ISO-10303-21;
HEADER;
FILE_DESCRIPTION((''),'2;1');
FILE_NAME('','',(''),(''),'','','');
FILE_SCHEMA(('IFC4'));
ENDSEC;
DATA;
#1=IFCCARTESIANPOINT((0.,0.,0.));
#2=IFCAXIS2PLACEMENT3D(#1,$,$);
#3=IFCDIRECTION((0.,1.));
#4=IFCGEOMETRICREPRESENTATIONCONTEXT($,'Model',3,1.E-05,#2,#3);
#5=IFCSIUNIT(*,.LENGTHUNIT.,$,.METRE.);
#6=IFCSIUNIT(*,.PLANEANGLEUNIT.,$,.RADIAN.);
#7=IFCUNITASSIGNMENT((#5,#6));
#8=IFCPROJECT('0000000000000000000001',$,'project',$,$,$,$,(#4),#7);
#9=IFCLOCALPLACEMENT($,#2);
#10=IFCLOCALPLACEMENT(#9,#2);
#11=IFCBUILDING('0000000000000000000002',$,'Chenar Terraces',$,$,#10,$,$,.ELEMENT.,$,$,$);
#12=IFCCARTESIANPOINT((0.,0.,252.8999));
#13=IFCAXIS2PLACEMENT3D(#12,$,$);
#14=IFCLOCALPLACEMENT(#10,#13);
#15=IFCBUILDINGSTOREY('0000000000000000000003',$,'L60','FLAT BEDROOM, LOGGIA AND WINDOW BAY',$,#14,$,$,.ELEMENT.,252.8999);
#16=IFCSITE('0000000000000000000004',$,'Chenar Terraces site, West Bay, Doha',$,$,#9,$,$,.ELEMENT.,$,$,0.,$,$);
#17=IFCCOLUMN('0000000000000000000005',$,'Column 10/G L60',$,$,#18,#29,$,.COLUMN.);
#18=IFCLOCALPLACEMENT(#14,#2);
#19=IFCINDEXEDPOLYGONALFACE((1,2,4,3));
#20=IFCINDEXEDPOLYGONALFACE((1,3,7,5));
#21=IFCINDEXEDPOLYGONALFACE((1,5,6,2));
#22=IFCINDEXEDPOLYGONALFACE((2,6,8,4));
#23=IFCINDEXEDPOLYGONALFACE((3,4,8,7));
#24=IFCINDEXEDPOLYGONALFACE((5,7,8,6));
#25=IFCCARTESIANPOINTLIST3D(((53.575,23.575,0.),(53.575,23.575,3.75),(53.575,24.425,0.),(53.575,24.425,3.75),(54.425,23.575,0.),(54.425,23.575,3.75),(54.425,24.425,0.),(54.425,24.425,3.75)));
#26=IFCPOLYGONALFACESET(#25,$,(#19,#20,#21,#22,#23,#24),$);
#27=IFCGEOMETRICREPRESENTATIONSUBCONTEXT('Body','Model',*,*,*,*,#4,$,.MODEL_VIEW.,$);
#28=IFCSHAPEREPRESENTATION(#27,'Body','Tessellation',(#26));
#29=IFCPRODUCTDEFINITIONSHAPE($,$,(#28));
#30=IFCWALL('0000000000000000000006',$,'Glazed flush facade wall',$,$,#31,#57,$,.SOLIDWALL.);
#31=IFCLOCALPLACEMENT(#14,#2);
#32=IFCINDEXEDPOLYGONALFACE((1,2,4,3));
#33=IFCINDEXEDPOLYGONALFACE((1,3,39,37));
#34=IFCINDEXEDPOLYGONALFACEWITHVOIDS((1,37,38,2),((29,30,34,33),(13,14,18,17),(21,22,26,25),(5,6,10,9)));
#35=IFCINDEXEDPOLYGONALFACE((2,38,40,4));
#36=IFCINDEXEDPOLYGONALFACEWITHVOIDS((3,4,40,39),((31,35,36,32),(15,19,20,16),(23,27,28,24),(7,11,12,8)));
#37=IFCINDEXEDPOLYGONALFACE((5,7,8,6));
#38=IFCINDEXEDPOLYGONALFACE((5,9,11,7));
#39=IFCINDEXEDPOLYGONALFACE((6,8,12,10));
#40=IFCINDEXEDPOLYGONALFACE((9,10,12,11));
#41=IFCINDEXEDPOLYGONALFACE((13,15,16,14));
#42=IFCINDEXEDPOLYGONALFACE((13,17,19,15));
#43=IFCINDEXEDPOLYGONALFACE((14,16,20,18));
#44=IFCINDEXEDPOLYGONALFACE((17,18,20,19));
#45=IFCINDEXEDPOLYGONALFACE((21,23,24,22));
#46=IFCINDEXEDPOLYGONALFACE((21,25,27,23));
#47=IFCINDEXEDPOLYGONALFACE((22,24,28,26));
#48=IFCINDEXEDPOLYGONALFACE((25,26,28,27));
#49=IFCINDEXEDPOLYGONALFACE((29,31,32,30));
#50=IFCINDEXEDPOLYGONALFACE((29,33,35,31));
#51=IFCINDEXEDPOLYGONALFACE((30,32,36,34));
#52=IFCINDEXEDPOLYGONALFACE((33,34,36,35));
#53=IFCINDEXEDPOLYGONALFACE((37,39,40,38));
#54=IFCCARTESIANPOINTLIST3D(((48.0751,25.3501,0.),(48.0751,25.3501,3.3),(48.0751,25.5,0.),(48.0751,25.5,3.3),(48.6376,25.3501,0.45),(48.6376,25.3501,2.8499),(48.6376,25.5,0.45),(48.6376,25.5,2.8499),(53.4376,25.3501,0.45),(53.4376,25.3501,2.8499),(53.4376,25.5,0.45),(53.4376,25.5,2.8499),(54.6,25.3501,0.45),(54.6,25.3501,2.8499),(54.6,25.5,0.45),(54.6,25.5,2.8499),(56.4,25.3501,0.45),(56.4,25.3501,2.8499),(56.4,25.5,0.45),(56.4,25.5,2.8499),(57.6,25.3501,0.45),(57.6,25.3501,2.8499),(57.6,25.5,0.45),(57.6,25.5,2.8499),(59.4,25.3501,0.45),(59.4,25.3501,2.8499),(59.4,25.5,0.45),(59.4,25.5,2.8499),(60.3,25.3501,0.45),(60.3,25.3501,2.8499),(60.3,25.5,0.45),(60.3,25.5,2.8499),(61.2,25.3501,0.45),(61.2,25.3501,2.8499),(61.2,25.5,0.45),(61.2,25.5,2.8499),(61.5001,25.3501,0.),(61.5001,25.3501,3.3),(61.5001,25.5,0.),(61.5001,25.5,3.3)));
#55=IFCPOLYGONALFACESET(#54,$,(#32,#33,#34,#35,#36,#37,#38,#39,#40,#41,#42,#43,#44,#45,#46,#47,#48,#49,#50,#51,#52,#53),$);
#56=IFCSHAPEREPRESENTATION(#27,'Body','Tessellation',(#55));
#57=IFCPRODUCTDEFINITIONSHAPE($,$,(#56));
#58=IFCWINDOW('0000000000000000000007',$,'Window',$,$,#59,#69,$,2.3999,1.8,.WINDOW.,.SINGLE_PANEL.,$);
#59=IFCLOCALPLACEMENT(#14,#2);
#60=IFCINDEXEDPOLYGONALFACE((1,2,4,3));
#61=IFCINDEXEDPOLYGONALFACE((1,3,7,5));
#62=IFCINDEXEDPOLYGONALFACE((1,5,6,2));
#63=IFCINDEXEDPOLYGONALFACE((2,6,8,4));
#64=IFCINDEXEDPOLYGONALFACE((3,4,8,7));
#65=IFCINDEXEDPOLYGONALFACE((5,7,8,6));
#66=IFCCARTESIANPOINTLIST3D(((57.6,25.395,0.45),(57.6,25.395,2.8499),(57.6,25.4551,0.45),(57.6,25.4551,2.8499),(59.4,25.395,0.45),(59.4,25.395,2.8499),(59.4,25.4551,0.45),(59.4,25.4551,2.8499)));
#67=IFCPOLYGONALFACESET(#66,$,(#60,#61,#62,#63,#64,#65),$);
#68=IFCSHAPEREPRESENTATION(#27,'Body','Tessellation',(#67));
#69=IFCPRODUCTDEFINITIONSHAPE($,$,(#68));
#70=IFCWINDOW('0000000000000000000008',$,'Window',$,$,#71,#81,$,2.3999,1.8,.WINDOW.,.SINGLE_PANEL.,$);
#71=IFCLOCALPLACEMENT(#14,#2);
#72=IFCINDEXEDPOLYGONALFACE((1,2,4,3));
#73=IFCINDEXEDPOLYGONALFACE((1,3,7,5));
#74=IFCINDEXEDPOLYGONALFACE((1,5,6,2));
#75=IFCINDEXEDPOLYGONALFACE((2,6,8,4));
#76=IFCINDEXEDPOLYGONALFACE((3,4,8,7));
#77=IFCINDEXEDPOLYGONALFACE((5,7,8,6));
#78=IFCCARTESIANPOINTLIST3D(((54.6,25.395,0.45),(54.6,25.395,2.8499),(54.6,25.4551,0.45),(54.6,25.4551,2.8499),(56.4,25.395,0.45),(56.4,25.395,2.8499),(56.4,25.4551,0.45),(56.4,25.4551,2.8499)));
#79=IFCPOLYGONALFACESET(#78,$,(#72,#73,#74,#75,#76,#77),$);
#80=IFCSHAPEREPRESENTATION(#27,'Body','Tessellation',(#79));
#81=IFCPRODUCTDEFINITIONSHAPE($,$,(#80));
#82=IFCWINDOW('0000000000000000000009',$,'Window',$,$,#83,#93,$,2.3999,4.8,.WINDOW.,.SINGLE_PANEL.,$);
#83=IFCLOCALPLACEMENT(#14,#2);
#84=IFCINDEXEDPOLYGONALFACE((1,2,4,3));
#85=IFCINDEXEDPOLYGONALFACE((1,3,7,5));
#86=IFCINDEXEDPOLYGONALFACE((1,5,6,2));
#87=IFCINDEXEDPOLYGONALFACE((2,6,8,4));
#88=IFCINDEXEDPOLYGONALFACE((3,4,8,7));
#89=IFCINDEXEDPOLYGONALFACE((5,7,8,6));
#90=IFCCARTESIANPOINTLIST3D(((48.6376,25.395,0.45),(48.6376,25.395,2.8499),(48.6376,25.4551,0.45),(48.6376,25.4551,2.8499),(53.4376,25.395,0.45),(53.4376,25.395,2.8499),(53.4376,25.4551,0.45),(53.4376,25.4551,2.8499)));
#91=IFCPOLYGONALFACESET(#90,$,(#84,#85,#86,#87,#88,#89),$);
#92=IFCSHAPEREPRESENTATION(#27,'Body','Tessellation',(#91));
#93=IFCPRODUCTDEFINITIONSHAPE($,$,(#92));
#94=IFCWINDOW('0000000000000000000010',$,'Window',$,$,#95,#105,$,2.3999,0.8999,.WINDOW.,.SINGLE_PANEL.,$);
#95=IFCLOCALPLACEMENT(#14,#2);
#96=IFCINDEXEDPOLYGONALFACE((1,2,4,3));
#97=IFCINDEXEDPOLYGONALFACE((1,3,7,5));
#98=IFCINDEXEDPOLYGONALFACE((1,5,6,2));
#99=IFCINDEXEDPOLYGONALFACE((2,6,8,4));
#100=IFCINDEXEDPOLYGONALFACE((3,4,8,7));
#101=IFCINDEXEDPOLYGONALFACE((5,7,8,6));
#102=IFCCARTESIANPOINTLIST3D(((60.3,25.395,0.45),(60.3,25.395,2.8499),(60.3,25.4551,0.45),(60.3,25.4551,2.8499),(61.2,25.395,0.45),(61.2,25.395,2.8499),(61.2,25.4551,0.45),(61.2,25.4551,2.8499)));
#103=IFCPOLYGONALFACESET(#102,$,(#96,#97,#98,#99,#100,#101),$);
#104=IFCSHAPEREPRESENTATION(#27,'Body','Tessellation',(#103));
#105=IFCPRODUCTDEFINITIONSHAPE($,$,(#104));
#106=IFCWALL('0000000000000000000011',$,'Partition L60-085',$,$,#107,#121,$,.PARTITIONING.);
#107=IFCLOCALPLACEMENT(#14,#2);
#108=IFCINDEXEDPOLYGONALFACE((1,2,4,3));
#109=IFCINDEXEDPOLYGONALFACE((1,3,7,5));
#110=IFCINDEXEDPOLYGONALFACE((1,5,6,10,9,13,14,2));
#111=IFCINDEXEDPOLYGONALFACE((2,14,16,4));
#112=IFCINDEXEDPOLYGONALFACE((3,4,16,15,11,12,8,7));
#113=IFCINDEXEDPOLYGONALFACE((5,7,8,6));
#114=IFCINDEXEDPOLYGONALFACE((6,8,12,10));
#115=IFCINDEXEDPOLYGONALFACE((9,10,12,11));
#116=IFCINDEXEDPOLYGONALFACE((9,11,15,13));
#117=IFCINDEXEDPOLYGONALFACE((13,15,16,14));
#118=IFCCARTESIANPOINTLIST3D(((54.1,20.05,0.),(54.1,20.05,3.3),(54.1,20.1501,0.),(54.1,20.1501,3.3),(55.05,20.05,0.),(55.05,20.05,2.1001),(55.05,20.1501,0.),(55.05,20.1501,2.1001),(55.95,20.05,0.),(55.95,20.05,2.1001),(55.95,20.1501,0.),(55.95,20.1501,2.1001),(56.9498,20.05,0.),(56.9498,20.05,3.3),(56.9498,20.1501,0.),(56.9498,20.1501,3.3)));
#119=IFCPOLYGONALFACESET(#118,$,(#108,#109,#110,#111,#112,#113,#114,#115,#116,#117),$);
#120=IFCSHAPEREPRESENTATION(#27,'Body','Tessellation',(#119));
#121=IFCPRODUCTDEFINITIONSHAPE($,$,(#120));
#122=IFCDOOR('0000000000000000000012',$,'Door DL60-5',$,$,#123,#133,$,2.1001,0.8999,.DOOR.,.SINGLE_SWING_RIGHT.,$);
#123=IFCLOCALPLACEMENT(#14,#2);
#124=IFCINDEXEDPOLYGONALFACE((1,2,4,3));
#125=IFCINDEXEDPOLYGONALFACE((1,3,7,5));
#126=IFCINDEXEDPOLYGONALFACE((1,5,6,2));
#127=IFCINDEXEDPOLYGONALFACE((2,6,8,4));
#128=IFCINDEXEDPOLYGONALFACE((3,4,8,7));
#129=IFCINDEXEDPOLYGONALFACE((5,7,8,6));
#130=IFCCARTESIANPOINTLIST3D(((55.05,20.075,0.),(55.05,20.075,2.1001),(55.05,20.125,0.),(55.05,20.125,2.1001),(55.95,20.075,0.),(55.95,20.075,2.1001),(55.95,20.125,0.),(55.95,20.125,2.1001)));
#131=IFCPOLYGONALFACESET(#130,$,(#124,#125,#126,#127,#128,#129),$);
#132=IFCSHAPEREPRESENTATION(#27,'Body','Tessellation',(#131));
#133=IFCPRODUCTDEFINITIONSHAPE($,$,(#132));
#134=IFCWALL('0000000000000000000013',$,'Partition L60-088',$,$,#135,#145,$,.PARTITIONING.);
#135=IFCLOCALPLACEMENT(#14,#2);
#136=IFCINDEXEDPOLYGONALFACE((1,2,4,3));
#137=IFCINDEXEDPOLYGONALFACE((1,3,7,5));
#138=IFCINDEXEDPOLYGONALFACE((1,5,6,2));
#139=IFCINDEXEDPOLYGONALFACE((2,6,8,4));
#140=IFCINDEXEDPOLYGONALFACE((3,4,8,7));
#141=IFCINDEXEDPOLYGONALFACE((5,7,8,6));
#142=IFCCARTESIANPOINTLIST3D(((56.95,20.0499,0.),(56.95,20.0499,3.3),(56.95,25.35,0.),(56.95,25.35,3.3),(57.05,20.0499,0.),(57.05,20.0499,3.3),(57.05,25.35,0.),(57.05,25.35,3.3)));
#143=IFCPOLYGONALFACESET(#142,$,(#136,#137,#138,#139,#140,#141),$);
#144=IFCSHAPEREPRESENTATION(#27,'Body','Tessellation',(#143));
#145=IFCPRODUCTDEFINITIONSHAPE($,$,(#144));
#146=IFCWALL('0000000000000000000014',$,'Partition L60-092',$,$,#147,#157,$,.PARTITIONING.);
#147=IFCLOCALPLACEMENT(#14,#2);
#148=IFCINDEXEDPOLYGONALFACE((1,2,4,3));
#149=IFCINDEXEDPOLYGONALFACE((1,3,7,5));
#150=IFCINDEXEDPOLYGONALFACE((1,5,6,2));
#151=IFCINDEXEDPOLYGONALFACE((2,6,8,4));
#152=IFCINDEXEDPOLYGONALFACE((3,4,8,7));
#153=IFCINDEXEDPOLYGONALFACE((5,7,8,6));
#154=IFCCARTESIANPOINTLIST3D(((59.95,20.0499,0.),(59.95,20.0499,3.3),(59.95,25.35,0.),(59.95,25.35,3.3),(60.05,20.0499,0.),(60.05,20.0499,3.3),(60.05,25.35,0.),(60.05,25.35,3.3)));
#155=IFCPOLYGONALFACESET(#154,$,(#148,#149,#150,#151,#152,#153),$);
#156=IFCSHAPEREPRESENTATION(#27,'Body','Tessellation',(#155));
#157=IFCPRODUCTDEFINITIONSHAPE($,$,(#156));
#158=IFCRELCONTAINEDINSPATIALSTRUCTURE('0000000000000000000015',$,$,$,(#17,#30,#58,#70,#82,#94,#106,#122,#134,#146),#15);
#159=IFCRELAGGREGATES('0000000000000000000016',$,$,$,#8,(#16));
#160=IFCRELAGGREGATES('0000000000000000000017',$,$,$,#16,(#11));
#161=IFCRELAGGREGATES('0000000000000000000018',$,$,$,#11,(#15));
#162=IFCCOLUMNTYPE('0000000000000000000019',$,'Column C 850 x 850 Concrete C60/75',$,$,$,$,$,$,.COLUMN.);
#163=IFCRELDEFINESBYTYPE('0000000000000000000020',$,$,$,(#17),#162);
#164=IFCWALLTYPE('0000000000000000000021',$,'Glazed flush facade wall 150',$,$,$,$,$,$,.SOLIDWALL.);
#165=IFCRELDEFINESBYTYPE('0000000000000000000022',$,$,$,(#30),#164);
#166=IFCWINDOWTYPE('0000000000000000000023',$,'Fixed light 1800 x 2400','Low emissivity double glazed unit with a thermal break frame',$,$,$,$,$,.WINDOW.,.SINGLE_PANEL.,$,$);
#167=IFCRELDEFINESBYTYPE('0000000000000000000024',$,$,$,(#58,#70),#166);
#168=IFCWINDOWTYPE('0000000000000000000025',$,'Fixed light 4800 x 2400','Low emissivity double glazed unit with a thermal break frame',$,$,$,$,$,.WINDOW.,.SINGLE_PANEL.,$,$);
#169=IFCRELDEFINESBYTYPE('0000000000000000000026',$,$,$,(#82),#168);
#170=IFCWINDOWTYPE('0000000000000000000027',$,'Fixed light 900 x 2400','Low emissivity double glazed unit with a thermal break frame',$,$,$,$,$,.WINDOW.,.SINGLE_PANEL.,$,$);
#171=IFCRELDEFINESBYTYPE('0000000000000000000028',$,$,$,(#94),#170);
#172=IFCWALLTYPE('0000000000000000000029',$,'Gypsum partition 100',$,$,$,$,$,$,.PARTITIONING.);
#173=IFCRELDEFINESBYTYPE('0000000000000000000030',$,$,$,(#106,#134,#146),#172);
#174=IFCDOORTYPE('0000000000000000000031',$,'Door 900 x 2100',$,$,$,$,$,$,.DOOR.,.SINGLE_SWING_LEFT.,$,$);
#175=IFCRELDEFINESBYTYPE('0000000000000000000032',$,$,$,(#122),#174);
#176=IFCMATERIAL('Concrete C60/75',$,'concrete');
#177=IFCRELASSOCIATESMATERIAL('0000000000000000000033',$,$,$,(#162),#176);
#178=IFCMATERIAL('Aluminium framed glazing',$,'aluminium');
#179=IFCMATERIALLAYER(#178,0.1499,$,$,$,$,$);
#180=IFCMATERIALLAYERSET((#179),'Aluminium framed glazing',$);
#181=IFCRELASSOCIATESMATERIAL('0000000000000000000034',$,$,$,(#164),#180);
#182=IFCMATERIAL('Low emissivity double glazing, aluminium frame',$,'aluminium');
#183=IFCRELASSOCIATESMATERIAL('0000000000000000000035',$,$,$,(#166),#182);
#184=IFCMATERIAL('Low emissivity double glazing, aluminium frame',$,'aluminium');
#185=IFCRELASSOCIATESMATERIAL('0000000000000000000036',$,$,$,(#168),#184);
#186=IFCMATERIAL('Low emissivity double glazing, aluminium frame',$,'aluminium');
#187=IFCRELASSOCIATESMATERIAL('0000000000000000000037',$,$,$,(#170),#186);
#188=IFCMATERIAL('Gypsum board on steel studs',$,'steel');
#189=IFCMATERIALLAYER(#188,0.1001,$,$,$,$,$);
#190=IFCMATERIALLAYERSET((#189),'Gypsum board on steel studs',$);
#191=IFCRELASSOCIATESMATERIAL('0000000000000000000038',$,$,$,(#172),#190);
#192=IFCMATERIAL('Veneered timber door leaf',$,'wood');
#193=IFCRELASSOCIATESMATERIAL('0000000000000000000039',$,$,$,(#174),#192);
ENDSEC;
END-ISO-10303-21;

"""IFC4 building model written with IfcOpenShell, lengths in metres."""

from ifc_helpers import new_model, si_unit, direction, frame, frame_2d, origin, origin_2d, place, context, subcontext, project, spatial, rectangle, extrude, material, layer, layer_set, material_profile, profile_set, type_object, element, fill, save


model = new_model("IFC4")

# Units and contexts
model_context = context("Model", 3, precision=1e-05, world=origin(), true_north=direction((0.0, 1.0)))
body_context = subcontext(model_context, "Body", "Model", "MODEL_VIEW")
ifc_project = project(units=[si_unit("LENGTHUNIT", "METRE"), si_unit("PLANEANGLEUNIT", "RADIAN")], contexts=[model_context])

# Site, building, storey
site_placement = place(None, origin())
site = spatial("IfcSite", under=ifc_project, at=site_placement, Name="Chenar Terraces site, West Bay, Doha", CompositionType="ELEMENT", RefElevation=0.0)
building_placement = place(site_placement, origin())
building = spatial("IfcBuilding", under=site, at=building_placement, Name="Chenar Terraces", CompositionType="ELEMENT")
storey_placement = place(building_placement, frame((0.0, 0.0, 252.8999)))
storey = spatial("IfcBuildingStorey", under=building, at=storey_placement, Name="L60", Description="FLAT BEDROOM, LOGGIA AND WINDOW BAY", CompositionType="ELEMENT", Elevation=252.8999)

# Column
ifc_material_1 = material(Name="Concrete C60/75", Category="concrete")
ifc_material_profile = material_profile(ifc_material_1, rectangle(XDim=0.8501, YDim=0.8501, at=origin_2d()), Name="C 850 x 850")
ifc_profile_set = profile_set([ifc_material_profile], Name="Concrete C60/75")
column_type = type_object("IfcColumnType", Name="Column C 850 x 850 Concrete C60/75", PredefinedType="COLUMN", material=ifc_profile_set)
column_placement = place(storey_placement, frame((54.0, 24.0, 0.0), z_axis=(0.0, 0.0, 1.0), x_axis=(1.0, 0.0, 0.0)))
element("IfcColumn", 1, at=column_placement, inside=storey, type_object=column_type, Name="Column 10/G L60", PredefinedType="COLUMN", context=body_context, shape_type="SweptSolid", body=[
    extrude(rectangle(XDim=0.8501, YDim=0.8501, at=origin_2d()), origin(), (0.0, 0.0, 1.0), 3.75),
])

# Wall, openings, windows
ifc_material_2 = material(Name="Aluminium framed glazing", Category="aluminium")
ifc_layer_1 = layer(ifc_material_2, 0.1499)
ifc_layer_set_1 = layer_set([ifc_layer_1], Name="Aluminium framed glazing")
wall_type_1 = type_object("IfcWallType", Name="Glazed flush facade wall 150", PredefinedType="SOLIDWALL", material=ifc_layer_set_1)
wall_1_placement = place(storey_placement, frame((61.5, 25.425, 0.0), z_axis=(0.0, 0.0, 1.0), x_axis=(-1.0, 0.0, 0.0)))
wall_1 = element("IfcWall", 2, at=wall_1_placement, inside=storey, type_object=wall_type_1, Name="Glazed flush facade wall", PredefinedType="SOLIDWALL", context=body_context, shape_type="SweptSolid", body=[
    extrude(rectangle(XDim=13.425, YDim=0.1499, at=frame_2d((6.7124, 0.0))), origin(), (0.0, 0.0, 1.0), 3.3),
])
opening_1_placement = place(wall_1_placement, frame((0.3, 0.0, 0.45)))
opening_1 = element("IfcOpeningElement", 3, at=opening_1_placement, cuts=wall_1, PredefinedType="OPENING", context=body_context, shape_type="SweptSolid", body=[
    extrude(rectangle(XDim=0.8999, YDim=2.3999, at=frame_2d((0.45, 1.2))), frame((0.0, 0.085, 0.0), z_axis=(0.0, -1.0, 0.0), x_axis=(1.0, 0.0, 0.0)), (0.0, 0.0, 1.0), 0.1699),
])
opening_2_placement = place(wall_1_placement, frame((2.1001, 0.0, 0.45)))
opening_2 = element("IfcOpeningElement", 4, at=opening_2_placement, cuts=wall_1, PredefinedType="OPENING", context=body_context, shape_type="SweptSolid", body=[
    extrude(rectangle(XDim=1.8, YDim=2.3999, at=frame_2d((0.8999, 1.2))), frame((0.0, 0.085, 0.0), z_axis=(0.0, -1.0, 0.0), x_axis=(1.0, 0.0, 0.0)), (0.0, 0.0, 1.0), 0.1699),
])
opening_3_placement = place(wall_1_placement, frame((5.1001, 0.0, 0.45)))
opening_3 = element("IfcOpeningElement", 5, at=opening_3_placement, cuts=wall_1, PredefinedType="OPENING", context=body_context, shape_type="SweptSolid", body=[
    extrude(rectangle(XDim=1.8, YDim=2.3999, at=frame_2d((0.8999, 1.2))), frame((0.0, 0.085, 0.0), z_axis=(0.0, -1.0, 0.0), x_axis=(1.0, 0.0, 0.0)), (0.0, 0.0, 1.0), 0.1699),
])
opening_4_placement = place(wall_1_placement, frame((8.0625, 0.0, 0.45)))
opening_4 = element("IfcOpeningElement", 6, at=opening_4_placement, cuts=wall_1, PredefinedType="OPENING", context=body_context, shape_type="SweptSolid", body=[
    extrude(rectangle(XDim=4.8, YDim=2.3999, at=frame_2d((2.3999, 1.2))), frame((0.0, 0.085, 0.0), z_axis=(0.0, -1.0, 0.0), x_axis=(1.0, 0.0, 0.0)), (0.0, 0.0, 1.0), 0.1699),
])
ifc_material_3 = material(Name="Low emissivity double glazing, aluminium frame", Category="aluminium")
window_type_1 = type_object("IfcWindowType", Name="Fixed light 1800 x 2400", Description="Low emissivity double glazed unit with a thermal break frame", PartitioningType="SINGLE_PANEL", PredefinedType="WINDOW", material=ifc_material_3)
window_1_placement = place(opening_2_placement, origin())
window_1 = element("IfcWindow", 7, at=window_1_placement, inside=storey, type_object=window_type_1, Name="Window", OverallHeight=2.3999, OverallWidth=1.8, PartitioningType="SINGLE_PANEL", PredefinedType="WINDOW", context=body_context, shape_type="SweptSolid", body=[
    extrude(rectangle(XDim=1.8, YDim=2.3999, at=frame_2d((0.8999, 1.2))), frame((0.0, 0.03, 0.0), z_axis=(0.0, -1.0, 0.0), x_axis=(1.0, 0.0, 0.0)), (0.0, 0.0, 1.0), 0.0601),
])
fill(opening_2, window_1)
window_2_placement = place(opening_3_placement, origin())
window_2 = element("IfcWindow", 8, at=window_2_placement, inside=storey, type_object=window_type_1, Name="Window", OverallHeight=2.3999, OverallWidth=1.8, PartitioningType="SINGLE_PANEL", PredefinedType="WINDOW", context=body_context, shape_type="SweptSolid", body=[
    extrude(rectangle(XDim=1.8, YDim=2.3999, at=frame_2d((0.8999, 1.2))), frame((0.0, 0.03, 0.0), z_axis=(0.0, -1.0, 0.0), x_axis=(1.0, 0.0, 0.0)), (0.0, 0.0, 1.0), 0.0601),
])
fill(opening_3, window_2)
ifc_material_4 = material(Name="Low emissivity double glazing, aluminium frame", Category="aluminium")
window_type_2 = type_object("IfcWindowType", Name="Fixed light 4800 x 2400", Description="Low emissivity double glazed unit with a thermal break frame", PartitioningType="SINGLE_PANEL", PredefinedType="WINDOW", material=ifc_material_4)
window_3_placement = place(opening_4_placement, origin())
window_3 = element("IfcWindow", 9, at=window_3_placement, inside=storey, type_object=window_type_2, Name="Window", OverallHeight=2.3999, OverallWidth=4.8, PartitioningType="SINGLE_PANEL", PredefinedType="WINDOW", context=body_context, shape_type="SweptSolid", body=[
    extrude(rectangle(XDim=4.8, YDim=2.3999, at=frame_2d((2.3999, 1.2))), frame((0.0, 0.03, 0.0), z_axis=(0.0, -1.0, 0.0), x_axis=(1.0, 0.0, 0.0)), (0.0, 0.0, 1.0), 0.0601),
])
fill(opening_4, window_3)
ifc_material_5 = material(Name="Low emissivity double glazing, aluminium frame", Category="aluminium")
window_type_3 = type_object("IfcWindowType", Name="Fixed light 900 x 2400", Description="Low emissivity double glazed unit with a thermal break frame", PartitioningType="SINGLE_PANEL", PredefinedType="WINDOW", material=ifc_material_5)
window_4_placement = place(opening_1_placement, origin())
window_4 = element("IfcWindow", 10, at=window_4_placement, inside=storey, type_object=window_type_3, Name="Window", OverallHeight=2.3999, OverallWidth=0.8999, PartitioningType="SINGLE_PANEL", PredefinedType="WINDOW", context=body_context, shape_type="SweptSolid", body=[
    extrude(rectangle(XDim=0.8999, YDim=2.3999, at=frame_2d((0.45, 1.2))), frame((0.0, 0.03, 0.0), z_axis=(0.0, -1.0, 0.0), x_axis=(1.0, 0.0, 0.0)), (0.0, 0.0, 1.0), 0.0601),
])
fill(opening_1, window_4)

# Wall, opening, door
ifc_material_6 = material(Name="Gypsum board on steel studs", Category="steel")
ifc_layer_2 = layer(ifc_material_6, 0.1001)
ifc_layer_set_2 = layer_set([ifc_layer_2], Name="Gypsum board on steel studs")
wall_type_2 = type_object("IfcWallType", Name="Gypsum partition 100", PredefinedType="PARTITIONING", material=ifc_layer_set_2)
wall_2_placement = place(storey_placement, frame((54.1001, 20.1001, 0.0), z_axis=(0.0, 0.0, 1.0), x_axis=(1.0, 0.0, 0.0)))
wall_2 = element("IfcWall", 11, at=wall_2_placement, inside=storey, type_object=wall_type_2, Name="Partition L60-085", PredefinedType="PARTITIONING", context=body_context, shape_type="SweptSolid", body=[
    extrude(rectangle(XDim=2.8499, YDim=0.1001, at=frame_2d((1.4248, 0.0))), origin(), (0.0, 0.0, 1.0), 3.3),
])
opening_5_placement = place(wall_2_placement, frame((0.95, 0.0, 0.0)))
opening_5 = element("IfcOpeningElement", 12, at=opening_5_placement, cuts=wall_2, PredefinedType="OPENING", context=body_context, shape_type="SweptSolid", body=[
    extrude(rectangle(XDim=0.8999, YDim=2.1001, at=frame_2d((0.45, 1.05))), frame((0.0, 0.0601, 0.0), z_axis=(0.0, -1.0, 0.0), x_axis=(1.0, 0.0, 0.0)), (0.0, 0.0, 1.0), 0.1201),
])
ifc_material_7 = material(Name="Veneered timber door leaf", Category="wood")
door_type_1 = type_object("IfcDoorType", Name="Door 900 x 2100", OperationType="SINGLE_SWING_LEFT", PredefinedType="DOOR", material=ifc_material_7)
door_1_placement = place(opening_5_placement, origin())
door_1 = element("IfcDoor", 13, at=door_1_placement, inside=storey, type_object=door_type_1, Name="Door DL60-5", OperationType="SINGLE_SWING_RIGHT", OverallHeight=2.1001, OverallWidth=0.8999, PredefinedType="DOOR", context=body_context, shape_type="SweptSolid", body=[
    extrude(rectangle(XDim=0.8999, YDim=2.1001, at=frame_2d((0.45, 1.05))), frame((0.0, 0.0249, 0.0), z_axis=(0.0, -1.0, 0.0), x_axis=(1.0, 0.0, 0.0)), (0.0, 0.0, 1.0), 0.05),
])
fill(opening_5, door_1)

# Walls
for number, where, z_axis, x_axis, name in (
    (14, (57.0, 20.05, 0.0), (0.0, 0.0, 1.0), (0.0, 1.0, 0.0), "Partition L60-088"),
    (15, (60.0, 20.05, 0.0), (0.0, 0.0, 1.0), (0.0, 1.0, 0.0), "Partition L60-092"),
):
    element("IfcWall", number, at=place(storey_placement, frame(where, z_axis=z_axis, x_axis=x_axis)), inside=storey, type_object=wall_type_2, Name=name, PredefinedType="PARTITIONING", context=body_context, shape_type="SweptSolid", body=[
        extrude(rectangle(XDim=5.3, YDim=0.1001, at=frame_2d((2.6499, 0.0))), origin(), (0.0, 0.0, 1.0), 3.3),
    ])

save(model, "model.ifc")
